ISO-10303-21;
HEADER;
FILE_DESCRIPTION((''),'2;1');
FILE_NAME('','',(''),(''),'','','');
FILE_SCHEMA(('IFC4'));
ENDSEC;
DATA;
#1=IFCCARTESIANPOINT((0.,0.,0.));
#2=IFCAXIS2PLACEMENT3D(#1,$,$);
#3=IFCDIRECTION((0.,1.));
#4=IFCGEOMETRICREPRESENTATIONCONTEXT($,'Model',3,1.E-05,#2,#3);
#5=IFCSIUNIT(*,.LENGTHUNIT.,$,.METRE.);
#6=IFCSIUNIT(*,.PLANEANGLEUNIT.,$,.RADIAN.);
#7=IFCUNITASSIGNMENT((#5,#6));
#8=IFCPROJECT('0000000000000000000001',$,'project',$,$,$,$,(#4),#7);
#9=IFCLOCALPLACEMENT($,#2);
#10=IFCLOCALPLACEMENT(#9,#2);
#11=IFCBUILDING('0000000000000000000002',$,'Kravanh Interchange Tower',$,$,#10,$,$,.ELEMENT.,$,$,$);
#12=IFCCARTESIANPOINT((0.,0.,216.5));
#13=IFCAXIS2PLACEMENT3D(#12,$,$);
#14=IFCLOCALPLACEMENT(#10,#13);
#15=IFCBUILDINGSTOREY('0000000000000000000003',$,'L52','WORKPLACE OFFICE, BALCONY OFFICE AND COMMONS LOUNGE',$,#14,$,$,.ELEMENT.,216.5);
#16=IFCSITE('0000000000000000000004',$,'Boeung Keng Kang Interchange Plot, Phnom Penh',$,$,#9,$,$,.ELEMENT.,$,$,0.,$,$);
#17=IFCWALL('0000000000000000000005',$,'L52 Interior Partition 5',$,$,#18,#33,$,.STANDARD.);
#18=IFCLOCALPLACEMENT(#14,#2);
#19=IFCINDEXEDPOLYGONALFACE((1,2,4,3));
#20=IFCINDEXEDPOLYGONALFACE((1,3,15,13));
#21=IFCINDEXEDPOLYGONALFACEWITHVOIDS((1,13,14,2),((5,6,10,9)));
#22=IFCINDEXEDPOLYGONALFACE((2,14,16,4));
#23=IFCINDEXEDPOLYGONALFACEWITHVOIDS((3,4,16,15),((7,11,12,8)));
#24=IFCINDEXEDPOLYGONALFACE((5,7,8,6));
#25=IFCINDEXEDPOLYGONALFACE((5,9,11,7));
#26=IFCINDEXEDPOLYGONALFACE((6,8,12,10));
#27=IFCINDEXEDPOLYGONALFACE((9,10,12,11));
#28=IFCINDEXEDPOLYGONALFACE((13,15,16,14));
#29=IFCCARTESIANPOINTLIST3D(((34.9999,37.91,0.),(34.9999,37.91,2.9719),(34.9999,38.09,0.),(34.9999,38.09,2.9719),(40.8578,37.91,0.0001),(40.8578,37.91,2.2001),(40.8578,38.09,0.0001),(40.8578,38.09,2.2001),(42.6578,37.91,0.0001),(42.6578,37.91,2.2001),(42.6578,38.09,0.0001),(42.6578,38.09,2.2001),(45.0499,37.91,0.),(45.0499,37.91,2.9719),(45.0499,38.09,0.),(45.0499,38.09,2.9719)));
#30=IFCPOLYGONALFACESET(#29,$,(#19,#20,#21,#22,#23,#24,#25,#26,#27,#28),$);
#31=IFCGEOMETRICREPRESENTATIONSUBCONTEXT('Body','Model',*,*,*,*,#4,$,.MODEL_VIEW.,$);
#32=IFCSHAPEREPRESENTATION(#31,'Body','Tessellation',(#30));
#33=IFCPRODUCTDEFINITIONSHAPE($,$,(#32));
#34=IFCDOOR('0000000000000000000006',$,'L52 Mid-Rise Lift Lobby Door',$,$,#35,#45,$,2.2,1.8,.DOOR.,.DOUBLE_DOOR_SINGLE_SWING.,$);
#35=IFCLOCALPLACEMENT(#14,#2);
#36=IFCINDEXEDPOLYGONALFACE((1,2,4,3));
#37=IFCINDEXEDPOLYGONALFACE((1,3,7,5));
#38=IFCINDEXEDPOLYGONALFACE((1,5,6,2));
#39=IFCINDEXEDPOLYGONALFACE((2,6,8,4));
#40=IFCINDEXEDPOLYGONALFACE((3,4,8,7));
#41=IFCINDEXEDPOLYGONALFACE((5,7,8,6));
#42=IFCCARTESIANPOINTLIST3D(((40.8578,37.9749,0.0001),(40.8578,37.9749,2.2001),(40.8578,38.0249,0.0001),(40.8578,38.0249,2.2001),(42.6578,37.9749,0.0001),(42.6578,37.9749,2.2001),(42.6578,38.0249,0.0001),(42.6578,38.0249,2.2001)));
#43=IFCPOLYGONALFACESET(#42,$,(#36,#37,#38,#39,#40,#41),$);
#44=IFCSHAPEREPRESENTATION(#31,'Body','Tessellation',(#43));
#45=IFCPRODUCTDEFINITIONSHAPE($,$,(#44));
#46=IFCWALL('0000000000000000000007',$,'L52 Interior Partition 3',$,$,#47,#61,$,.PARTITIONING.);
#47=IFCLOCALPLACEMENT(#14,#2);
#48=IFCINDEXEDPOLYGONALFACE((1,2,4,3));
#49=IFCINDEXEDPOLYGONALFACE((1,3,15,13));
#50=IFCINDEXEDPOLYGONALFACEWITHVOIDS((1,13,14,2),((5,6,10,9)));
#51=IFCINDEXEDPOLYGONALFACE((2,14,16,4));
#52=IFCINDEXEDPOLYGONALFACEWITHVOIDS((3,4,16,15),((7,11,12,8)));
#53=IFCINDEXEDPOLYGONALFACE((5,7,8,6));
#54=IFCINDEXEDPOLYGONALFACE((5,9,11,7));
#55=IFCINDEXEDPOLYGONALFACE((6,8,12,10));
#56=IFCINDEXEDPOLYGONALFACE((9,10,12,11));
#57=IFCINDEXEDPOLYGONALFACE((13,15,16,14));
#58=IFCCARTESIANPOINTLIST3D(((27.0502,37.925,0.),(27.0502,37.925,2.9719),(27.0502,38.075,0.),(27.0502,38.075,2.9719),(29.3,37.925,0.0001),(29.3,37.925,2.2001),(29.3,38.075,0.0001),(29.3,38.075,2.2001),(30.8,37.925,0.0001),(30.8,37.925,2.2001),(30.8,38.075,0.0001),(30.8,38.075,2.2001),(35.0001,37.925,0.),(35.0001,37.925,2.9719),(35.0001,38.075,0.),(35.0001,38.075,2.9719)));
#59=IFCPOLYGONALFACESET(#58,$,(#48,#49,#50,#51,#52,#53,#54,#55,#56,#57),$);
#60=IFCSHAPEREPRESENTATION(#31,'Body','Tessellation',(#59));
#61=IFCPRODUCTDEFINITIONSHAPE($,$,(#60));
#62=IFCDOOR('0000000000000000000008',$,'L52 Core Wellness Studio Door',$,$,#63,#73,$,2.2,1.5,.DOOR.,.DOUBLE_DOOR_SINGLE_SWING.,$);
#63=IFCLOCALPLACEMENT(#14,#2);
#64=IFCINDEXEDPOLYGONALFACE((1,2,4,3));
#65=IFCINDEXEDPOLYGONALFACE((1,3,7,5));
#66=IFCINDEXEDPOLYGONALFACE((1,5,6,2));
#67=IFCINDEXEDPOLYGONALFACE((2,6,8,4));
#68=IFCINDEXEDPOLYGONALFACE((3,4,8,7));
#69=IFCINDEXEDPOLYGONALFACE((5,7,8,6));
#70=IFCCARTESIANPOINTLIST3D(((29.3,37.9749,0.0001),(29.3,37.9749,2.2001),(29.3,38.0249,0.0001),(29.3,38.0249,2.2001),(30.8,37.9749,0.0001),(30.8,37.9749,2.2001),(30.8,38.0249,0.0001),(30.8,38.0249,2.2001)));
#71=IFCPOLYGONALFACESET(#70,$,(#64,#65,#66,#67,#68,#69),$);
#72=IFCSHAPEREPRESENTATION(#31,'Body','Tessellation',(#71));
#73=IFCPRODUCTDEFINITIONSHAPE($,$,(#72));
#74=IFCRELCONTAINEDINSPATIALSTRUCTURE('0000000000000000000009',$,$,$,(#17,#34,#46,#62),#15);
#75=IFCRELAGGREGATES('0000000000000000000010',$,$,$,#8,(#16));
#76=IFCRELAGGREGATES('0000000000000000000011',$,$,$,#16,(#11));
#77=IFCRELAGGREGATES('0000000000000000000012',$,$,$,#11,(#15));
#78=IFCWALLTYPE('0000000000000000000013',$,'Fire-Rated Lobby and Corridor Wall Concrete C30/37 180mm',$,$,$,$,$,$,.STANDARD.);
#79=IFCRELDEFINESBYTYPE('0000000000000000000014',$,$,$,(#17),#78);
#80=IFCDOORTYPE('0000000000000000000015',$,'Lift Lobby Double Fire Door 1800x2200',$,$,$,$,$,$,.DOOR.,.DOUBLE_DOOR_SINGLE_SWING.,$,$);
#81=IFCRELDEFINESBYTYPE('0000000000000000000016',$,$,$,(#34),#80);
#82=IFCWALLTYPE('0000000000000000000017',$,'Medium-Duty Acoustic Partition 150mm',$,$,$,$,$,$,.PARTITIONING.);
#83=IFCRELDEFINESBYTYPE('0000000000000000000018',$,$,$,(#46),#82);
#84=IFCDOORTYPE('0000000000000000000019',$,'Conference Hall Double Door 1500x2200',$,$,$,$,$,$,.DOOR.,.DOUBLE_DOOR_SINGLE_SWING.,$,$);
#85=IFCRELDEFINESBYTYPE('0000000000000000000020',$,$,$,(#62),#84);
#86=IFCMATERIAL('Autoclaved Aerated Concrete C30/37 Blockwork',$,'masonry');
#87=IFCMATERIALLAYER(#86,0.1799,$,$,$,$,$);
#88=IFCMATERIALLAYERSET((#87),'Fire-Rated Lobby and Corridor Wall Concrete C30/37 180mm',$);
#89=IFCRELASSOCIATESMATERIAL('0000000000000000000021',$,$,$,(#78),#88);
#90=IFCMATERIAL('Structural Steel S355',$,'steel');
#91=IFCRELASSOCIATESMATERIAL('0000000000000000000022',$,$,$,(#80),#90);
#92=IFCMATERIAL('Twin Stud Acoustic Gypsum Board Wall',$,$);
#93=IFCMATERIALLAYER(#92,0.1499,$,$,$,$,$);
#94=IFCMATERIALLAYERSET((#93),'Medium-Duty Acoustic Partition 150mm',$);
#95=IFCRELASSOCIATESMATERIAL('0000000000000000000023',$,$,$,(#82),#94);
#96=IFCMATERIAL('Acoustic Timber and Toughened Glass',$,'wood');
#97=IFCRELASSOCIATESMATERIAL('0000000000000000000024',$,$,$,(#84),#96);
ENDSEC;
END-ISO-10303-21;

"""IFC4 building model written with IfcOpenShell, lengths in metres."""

from ifc_helpers import new_model, si_unit, direction, frame, frame_2d, origin, place, context, subcontext, project, spatial, rectangle, extrude, material, layer, layer_set, type_object, element, fill, save


model = new_model("IFC4")

# Units and contexts
model_context = context("Model", 3, precision=1e-05, world=origin(), true_north=direction((0.0, 1.0)))
body_context = subcontext(model_context, "Body", "Model", "MODEL_VIEW")
ifc_project = project(units=[si_unit("LENGTHUNIT", "METRE"), si_unit("PLANEANGLEUNIT", "RADIAN")], contexts=[model_context])

# Site, building, storey
site_placement = place(None, origin())
site = spatial("IfcSite", under=ifc_project, at=site_placement, Name="Boeung Keng Kang Interchange Plot, Phnom Penh", CompositionType="ELEMENT", RefElevation=0.0)
building_placement = place(site_placement, origin())
building = spatial("IfcBuilding", under=site, at=building_placement, Name="Kravanh Interchange Tower", CompositionType="ELEMENT")
storey_placement = place(building_placement, frame((0.0, 0.0, 216.5)))
storey = spatial("IfcBuildingStorey", under=building, at=storey_placement, Name="L52", Description="WORKPLACE OFFICE, BALCONY OFFICE AND COMMONS LOUNGE", CompositionType="ELEMENT", Elevation=216.5)

# Shared definitions
ifc_material_1 = material(Name="Autoclaved Aerated Concrete C30/37 Blockwork", Category="masonry")
ifc_layer_1 = layer(ifc_material_1, 0.1799)
ifc_layer_set_1 = layer_set([ifc_layer_1], Name="Fire-Rated Lobby and Corridor Wall Concrete C30/37 180mm")
wall_type_1 = type_object("IfcWallType", Name="Fire-Rated Lobby and Corridor Wall Concrete C30/37 180mm", PredefinedType="STANDARD", material=ifc_layer_set_1)

# Walls, openings, doors
wall_1_placement = place(storey_placement, frame((35.0, 38.0, 0.0), z_axis=(0.0, 0.0, 1.0), x_axis=(1.0, 0.0, 0.0)))
wall_1 = element("IfcWall", 1, at=wall_1_placement, inside=storey, type_object=wall_type_1, Name="L52 Interior Partition 5", PredefinedType="STANDARD", context=body_context, shape_type="SweptSolid", body=[
    extrude(rectangle(XDim=10.05, YDim=0.1799, at=frame_2d((5.0249, 0.0))), origin(), (0.0, 0.0, 1.0), 2.9719),
])
opening_1_placement = place(wall_1_placement, frame((5.8579, 0.0, 0.0)))
opening_1 = element("IfcOpeningElement", 2, at=opening_1_placement, cuts=wall_1, PredefinedType="OPENING", context=body_context, shape_type="SweptSolid", body=[
    extrude(rectangle(XDim=1.8, YDim=2.2, at=frame_2d((0.8999, 1.1001))), frame((0.0, 0.1001, 0.0), z_axis=(0.0, -1.0, 0.0), x_axis=(1.0, 0.0, 0.0)), (0.0, 0.0, 1.0), 0.2),
])
ifc_material_2 = material(Name="Structural Steel S355", Category="steel")
door_type_1 = type_object("IfcDoorType", Name="Lift Lobby Double Fire Door 1800x2200", OperationType="DOUBLE_DOOR_SINGLE_SWING", PredefinedType="DOOR", material=ifc_material_2)
door_1_placement = place(opening_1_placement, origin())
door_1 = element("IfcDoor", 3, at=door_1_placement, inside=storey, type_object=door_type_1, Name="L52 Mid-Rise Lift Lobby Door", OperationType="DOUBLE_DOOR_SINGLE_SWING", OverallHeight=2.2, OverallWidth=1.8, PredefinedType="DOOR", context=body_context, shape_type="SweptSolid", body=[
    extrude(rectangle(XDim=1.8, YDim=2.2, at=frame_2d((0.8999, 1.1001))), frame((0.0, 0.0249, 0.0), z_axis=(0.0, -1.0, 0.0), x_axis=(1.0, 0.0, 0.0)), (0.0, 0.0, 1.0), 0.05),
])
fill(opening_1, door_1)
ifc_material_3 = material(Name="Twin Stud Acoustic Gypsum Board Wall")
ifc_layer_2 = layer(ifc_material_3, 0.1499)
ifc_layer_set_2 = layer_set([ifc_layer_2], Name="Medium-Duty Acoustic Partition 150mm")
wall_type_2 = type_object("IfcWallType", Name="Medium-Duty Acoustic Partition 150mm", PredefinedType="PARTITIONING", material=ifc_layer_set_2)
wall_2_placement = place(storey_placement, frame((27.05, 38.0, 0.0), z_axis=(0.0, 0.0, 1.0), x_axis=(1.0, 0.0, 0.0)))
wall_2 = element("IfcWall", 4, at=wall_2_placement, inside=storey, type_object=wall_type_2, Name="L52 Interior Partition 3", PredefinedType="PARTITIONING", context=body_context, shape_type="SweptSolid", body=[
    extrude(rectangle(XDim=7.95, YDim=0.1499, at=frame_2d((3.9751, 0.0))), origin(), (0.0, 0.0, 1.0), 2.9719),
])
opening_2_placement = place(wall_2_placement, frame((2.25, 0.0, 0.0)))
opening_2 = element("IfcOpeningElement", 5, at=opening_2_placement, cuts=wall_2, PredefinedType="OPENING", context=body_context, shape_type="SweptSolid", body=[
    extrude(rectangle(XDim=1.5, YDim=2.2, at=frame_2d((0.75, 1.1001))), frame((0.0, 0.085, 0.0), z_axis=(0.0, -1.0, 0.0), x_axis=(1.0, 0.0, 0.0)), (0.0, 0.0, 1.0), 0.1699),
])
ifc_material_4 = material(Name="Acoustic Timber and Toughened Glass", Category="wood")
door_type_2 = type_object("IfcDoorType", Name="Conference Hall Double Door 1500x2200", OperationType="DOUBLE_DOOR_SINGLE_SWING", PredefinedType="DOOR", material=ifc_material_4)
door_2_placement = place(opening_2_placement, origin())
door_2 = element("IfcDoor", 6, at=door_2_placement, inside=storey, type_object=door_type_2, Name="L52 Core Wellness Studio Door", OperationType="DOUBLE_DOOR_SINGLE_SWING", OverallHeight=2.2, OverallWidth=1.5, PredefinedType="DOOR", context=body_context, shape_type="SweptSolid", body=[
    extrude(rectangle(XDim=1.5, YDim=2.2, at=frame_2d((0.75, 1.1001))), frame((0.0, 0.0249, 0.0), z_axis=(0.0, -1.0, 0.0), x_axis=(1.0, 0.0, 0.0)), (0.0, 0.0, 1.0), 0.05),
])
fill(opening_2, door_2)

save(model, "model.ifc")
